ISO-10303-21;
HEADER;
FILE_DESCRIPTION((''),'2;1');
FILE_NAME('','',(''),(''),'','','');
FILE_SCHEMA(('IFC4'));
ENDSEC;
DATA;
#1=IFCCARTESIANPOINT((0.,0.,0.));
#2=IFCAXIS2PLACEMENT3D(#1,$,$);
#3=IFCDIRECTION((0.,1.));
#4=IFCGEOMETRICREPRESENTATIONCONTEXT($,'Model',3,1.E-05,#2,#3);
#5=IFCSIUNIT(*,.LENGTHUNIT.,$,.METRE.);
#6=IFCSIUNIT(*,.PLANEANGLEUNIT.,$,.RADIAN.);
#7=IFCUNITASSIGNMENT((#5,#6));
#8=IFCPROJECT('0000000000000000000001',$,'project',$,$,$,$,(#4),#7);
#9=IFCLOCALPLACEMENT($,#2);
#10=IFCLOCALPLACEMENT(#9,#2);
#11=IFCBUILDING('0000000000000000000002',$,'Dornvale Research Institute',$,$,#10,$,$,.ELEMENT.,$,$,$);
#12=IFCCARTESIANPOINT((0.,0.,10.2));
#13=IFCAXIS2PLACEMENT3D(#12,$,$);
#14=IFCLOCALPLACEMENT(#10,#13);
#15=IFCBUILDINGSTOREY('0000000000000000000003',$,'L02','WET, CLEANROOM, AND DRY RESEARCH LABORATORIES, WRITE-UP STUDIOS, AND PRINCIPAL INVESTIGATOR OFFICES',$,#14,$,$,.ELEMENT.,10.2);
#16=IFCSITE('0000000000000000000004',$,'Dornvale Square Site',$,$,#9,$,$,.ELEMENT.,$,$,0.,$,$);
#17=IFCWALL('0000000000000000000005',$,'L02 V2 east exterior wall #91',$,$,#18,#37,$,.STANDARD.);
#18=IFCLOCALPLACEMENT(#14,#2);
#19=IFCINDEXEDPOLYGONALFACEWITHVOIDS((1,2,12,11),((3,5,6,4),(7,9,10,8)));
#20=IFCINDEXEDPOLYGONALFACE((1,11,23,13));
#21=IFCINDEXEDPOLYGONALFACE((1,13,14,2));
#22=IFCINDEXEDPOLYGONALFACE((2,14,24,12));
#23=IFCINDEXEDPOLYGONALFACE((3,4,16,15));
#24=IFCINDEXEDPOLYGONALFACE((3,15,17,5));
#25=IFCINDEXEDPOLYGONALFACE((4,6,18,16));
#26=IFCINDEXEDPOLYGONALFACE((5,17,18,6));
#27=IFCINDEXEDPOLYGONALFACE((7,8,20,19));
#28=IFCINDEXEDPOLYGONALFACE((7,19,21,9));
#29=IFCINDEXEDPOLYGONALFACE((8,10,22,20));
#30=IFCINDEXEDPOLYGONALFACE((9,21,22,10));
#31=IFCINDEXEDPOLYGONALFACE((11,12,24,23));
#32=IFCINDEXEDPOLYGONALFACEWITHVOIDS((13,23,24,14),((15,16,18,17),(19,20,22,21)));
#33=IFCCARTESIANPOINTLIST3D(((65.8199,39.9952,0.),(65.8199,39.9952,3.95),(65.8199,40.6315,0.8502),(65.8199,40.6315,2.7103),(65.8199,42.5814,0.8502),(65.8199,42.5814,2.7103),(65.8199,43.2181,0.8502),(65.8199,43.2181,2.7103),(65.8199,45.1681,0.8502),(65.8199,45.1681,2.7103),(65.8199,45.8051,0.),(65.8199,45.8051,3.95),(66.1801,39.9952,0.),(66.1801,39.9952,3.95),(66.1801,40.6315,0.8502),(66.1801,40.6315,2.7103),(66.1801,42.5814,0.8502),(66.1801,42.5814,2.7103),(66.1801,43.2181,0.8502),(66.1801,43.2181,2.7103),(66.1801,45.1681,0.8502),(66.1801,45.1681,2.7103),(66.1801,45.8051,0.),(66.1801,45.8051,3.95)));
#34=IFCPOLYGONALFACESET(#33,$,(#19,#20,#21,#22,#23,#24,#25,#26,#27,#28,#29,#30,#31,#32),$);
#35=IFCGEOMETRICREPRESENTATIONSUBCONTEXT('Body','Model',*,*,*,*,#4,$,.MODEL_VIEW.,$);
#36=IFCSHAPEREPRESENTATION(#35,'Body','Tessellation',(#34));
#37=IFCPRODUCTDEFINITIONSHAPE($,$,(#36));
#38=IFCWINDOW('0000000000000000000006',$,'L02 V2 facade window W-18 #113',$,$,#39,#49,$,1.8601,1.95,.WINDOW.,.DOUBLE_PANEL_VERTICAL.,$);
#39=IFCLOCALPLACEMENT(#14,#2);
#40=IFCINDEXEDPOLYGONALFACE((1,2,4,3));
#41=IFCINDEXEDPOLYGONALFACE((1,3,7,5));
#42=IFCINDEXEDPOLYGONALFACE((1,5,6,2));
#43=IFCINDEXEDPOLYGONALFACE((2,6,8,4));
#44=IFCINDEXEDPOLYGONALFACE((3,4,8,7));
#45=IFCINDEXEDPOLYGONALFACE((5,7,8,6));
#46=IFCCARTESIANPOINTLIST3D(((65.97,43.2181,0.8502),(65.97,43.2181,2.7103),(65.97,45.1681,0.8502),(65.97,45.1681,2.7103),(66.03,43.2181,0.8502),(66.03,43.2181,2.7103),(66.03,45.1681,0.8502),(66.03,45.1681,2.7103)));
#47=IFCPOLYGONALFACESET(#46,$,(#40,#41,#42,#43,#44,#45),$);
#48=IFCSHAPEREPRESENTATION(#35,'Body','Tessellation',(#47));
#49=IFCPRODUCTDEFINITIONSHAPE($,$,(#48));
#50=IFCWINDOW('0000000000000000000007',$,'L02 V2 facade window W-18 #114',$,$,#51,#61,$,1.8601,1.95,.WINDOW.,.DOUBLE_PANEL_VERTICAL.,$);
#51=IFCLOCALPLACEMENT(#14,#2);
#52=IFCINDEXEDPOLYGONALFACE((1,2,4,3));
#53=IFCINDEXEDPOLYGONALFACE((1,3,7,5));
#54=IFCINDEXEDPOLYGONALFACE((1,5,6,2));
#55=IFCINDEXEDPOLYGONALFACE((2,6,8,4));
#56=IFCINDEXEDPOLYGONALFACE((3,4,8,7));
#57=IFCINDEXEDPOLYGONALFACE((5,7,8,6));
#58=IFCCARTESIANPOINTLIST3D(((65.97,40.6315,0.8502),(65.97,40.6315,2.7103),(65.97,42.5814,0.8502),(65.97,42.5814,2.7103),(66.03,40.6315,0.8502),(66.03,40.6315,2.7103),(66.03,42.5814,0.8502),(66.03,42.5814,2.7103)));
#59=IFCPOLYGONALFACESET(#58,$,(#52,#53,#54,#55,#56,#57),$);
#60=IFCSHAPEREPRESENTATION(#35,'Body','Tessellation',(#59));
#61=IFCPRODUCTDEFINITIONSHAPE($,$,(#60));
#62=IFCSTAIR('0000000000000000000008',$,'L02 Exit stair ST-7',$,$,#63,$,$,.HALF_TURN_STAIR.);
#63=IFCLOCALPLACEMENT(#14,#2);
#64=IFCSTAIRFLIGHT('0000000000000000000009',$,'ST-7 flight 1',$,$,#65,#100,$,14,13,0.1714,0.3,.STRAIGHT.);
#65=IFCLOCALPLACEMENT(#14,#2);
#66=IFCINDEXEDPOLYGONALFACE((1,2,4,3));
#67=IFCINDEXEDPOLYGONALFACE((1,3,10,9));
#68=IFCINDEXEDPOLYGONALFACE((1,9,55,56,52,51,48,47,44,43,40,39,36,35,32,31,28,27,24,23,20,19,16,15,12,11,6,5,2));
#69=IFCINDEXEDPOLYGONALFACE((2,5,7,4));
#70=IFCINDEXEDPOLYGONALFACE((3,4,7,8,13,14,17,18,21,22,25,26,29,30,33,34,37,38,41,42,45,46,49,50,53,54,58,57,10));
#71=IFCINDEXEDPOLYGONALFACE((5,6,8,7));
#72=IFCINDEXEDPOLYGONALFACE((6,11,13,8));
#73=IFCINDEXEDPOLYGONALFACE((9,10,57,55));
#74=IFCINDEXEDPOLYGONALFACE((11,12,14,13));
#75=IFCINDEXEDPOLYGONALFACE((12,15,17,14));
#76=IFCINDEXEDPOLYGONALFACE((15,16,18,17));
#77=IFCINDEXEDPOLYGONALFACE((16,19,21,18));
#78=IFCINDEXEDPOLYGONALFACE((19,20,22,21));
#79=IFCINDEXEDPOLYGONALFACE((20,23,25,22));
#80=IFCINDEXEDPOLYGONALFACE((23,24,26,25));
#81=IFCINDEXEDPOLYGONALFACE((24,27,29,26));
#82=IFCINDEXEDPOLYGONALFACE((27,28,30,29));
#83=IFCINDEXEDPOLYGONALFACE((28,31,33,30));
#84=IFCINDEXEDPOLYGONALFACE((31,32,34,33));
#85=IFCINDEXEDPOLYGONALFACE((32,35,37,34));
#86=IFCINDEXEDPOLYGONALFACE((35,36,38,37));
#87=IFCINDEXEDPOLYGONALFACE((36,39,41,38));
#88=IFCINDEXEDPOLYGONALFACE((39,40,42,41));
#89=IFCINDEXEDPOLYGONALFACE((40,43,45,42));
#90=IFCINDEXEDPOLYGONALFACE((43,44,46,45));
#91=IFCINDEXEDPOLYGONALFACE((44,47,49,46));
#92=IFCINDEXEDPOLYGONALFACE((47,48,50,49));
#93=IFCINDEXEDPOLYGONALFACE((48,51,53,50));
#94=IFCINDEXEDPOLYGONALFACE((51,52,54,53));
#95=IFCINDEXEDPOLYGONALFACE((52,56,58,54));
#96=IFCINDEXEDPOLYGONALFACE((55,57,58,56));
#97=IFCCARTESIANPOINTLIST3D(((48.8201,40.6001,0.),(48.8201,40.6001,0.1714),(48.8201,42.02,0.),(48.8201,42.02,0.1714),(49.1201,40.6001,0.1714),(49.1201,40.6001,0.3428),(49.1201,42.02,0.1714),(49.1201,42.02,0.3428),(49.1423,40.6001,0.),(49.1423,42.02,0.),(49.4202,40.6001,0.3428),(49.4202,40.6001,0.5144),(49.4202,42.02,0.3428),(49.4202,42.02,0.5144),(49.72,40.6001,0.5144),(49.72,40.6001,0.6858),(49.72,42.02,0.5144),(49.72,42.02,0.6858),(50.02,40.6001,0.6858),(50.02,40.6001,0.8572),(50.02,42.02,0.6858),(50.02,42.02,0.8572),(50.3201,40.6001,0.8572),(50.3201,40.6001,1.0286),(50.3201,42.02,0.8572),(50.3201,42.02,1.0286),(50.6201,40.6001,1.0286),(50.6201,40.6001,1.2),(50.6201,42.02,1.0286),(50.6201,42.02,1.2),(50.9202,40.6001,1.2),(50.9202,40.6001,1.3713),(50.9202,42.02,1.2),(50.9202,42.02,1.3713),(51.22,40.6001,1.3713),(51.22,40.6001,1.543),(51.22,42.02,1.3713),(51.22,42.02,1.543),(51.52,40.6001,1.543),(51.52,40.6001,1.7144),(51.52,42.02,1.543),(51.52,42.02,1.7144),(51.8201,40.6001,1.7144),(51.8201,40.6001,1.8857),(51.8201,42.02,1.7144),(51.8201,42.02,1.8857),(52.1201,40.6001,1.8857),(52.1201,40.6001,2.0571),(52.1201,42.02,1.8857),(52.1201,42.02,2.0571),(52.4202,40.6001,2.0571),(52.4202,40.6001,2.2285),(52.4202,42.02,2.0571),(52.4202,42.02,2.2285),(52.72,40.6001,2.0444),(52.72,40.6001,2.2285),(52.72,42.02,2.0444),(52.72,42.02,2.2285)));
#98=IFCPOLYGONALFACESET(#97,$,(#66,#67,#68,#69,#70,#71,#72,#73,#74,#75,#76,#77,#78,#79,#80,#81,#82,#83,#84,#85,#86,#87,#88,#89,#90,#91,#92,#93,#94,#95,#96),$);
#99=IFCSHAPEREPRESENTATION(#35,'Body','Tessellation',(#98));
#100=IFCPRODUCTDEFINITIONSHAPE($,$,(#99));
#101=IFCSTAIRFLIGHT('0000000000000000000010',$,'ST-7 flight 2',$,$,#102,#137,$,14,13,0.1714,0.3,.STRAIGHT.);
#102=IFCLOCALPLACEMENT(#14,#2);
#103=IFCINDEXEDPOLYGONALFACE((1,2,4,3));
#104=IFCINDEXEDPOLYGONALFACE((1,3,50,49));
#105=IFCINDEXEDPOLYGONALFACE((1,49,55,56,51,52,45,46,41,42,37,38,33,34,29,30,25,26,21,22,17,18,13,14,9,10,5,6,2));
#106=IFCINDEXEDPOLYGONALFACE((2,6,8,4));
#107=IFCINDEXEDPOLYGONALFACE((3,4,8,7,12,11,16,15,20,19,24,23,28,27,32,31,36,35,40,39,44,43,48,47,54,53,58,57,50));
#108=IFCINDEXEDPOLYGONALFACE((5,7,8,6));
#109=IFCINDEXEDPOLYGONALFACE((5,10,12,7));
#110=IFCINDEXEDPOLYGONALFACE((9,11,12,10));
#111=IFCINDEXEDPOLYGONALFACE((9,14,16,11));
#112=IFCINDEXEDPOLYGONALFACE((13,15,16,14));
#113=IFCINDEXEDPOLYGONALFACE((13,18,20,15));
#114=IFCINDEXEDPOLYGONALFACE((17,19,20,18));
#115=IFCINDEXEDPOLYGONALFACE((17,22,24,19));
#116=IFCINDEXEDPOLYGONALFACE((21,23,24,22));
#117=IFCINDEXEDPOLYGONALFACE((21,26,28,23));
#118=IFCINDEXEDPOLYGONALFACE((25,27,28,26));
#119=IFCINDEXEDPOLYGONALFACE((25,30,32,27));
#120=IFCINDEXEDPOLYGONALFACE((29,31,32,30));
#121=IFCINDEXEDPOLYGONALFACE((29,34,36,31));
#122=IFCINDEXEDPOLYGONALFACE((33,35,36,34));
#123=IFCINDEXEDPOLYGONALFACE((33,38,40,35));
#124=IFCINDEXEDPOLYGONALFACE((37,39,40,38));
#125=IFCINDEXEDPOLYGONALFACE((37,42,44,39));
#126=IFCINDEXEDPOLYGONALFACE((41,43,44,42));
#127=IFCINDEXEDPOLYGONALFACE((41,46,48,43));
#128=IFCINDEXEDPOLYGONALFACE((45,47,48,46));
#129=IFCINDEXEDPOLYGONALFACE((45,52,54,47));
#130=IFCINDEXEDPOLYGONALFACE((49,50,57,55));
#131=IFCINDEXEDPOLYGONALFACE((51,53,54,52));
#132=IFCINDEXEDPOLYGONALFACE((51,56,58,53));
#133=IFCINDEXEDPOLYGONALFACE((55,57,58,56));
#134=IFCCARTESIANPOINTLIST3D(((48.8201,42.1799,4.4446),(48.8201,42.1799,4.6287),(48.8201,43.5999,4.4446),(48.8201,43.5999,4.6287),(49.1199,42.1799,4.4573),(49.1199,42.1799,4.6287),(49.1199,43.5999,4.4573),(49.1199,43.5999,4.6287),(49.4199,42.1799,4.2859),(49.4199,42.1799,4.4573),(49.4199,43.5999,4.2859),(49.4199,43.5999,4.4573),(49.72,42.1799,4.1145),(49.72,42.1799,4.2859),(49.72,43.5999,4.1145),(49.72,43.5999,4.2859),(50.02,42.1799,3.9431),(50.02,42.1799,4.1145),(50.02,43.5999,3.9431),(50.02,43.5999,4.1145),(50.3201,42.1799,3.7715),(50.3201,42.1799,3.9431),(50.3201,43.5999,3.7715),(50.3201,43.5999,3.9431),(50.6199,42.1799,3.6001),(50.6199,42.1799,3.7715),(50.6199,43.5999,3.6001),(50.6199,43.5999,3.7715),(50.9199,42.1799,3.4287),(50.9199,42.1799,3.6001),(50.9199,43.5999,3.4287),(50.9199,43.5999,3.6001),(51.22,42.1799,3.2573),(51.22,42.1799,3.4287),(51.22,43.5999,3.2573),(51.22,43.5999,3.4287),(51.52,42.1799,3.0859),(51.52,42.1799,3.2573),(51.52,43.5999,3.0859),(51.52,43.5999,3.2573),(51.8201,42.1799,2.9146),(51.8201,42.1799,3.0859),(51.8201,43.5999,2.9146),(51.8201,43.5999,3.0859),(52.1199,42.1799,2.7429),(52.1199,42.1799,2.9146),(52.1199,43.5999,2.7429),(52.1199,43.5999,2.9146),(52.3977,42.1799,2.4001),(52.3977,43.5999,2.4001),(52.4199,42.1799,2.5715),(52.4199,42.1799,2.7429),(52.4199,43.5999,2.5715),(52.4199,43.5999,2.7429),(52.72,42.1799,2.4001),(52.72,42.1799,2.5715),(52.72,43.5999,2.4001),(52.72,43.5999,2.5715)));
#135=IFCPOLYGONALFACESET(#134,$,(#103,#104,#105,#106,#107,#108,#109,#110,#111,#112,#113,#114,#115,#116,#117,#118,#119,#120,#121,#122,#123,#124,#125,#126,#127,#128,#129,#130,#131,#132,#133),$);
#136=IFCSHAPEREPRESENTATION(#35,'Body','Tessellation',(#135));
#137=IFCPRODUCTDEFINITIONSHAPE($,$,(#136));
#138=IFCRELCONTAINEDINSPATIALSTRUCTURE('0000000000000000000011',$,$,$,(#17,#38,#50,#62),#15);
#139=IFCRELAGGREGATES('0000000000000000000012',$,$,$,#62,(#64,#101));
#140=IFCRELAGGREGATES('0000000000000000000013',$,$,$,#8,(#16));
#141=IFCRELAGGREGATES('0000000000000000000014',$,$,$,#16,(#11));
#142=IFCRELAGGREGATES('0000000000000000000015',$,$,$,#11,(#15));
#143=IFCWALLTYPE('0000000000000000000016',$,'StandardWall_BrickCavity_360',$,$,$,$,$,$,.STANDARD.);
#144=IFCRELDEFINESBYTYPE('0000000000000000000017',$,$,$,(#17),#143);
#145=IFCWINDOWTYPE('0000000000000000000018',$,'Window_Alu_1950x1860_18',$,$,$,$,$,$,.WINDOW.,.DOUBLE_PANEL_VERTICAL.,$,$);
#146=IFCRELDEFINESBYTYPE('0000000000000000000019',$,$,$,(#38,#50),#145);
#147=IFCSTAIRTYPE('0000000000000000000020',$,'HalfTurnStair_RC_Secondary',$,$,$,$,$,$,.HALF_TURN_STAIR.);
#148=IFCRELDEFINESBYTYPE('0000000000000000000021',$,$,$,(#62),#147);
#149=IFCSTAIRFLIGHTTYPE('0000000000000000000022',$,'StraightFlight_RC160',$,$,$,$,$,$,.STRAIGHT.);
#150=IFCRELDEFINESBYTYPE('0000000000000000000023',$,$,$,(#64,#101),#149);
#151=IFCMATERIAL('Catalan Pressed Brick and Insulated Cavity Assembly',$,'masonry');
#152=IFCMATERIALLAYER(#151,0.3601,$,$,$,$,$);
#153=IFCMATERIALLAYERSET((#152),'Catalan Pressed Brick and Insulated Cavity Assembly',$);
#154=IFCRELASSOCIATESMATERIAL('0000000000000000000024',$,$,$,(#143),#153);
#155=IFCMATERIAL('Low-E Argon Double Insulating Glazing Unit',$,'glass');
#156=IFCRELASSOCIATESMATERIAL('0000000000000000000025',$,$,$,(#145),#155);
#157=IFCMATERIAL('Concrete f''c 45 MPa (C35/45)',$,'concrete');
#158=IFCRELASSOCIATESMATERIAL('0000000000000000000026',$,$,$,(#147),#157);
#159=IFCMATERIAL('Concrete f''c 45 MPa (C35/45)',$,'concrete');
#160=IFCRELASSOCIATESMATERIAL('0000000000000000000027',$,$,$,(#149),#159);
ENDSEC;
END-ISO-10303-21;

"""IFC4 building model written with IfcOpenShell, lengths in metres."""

from ifc_helpers import new_model, si_unit, direction, frame, frame_2d, origin, place, context, subcontext, project, spatial, polyline, rectangle, outline, extrude, material, layer, layer_set, type_object, element, fill, aggregate, save


model = new_model("IFC4")

# Units and contexts
model_context = context("Model", 3, precision=1e-05, world=origin(), true_north=direction((0.0, 1.0)))
body_context = subcontext(model_context, "Body", "Model", "MODEL_VIEW")
ifc_project = project(units=[si_unit("LENGTHUNIT", "METRE"), si_unit("PLANEANGLEUNIT", "RADIAN")], contexts=[model_context])

# Site, building, storey
site_placement = place(None, origin())
site = spatial("IfcSite", under=ifc_project, at=site_placement, Name="Dornvale Square Site", CompositionType="ELEMENT", RefElevation=0.0)
building_placement = place(site_placement, origin())
building = spatial("IfcBuilding", under=site, at=building_placement, Name="Dornvale Research Institute", CompositionType="ELEMENT")
storey_placement = place(building_placement, frame((0.0, 0.0, 10.2)))
storey = spatial("IfcBuildingStorey", under=building, at=storey_placement, Name="L02", Description="WET, CLEANROOM, AND DRY RESEARCH LABORATORIES, WRITE-UP STUDIOS, AND PRINCIPAL INVESTIGATOR OFFICES", CompositionType="ELEMENT", Elevation=10.2)

# Wall, openings, windows
ifc_material_1 = material(Name="Catalan Pressed Brick and Insulated Cavity Assembly", Category="masonry")
ifc_layer_1 = layer(ifc_material_1, 0.3601)
ifc_layer_set_1 = layer_set([ifc_layer_1], Name="Catalan Pressed Brick and Insulated Cavity Assembly")
wall_type_1 = type_object("IfcWallType", Name="StandardWall_BrickCavity_360", PredefinedType="STANDARD", material=ifc_layer_set_1)
wall_1_placement = place(storey_placement, frame((66.0, 45.8049, 0.0), z_axis=(0.0, 0.0, 1.0), x_axis=(0.0, -1.0, 0.0)))
wall_1 = element("IfcWall", 1, at=wall_1_placement, inside=storey, type_object=wall_type_1, Name="L02 V2 east exterior wall #91", PredefinedType="STANDARD", context=body_context, shape_type="SweptSolid", body=[
    extrude(rectangle(XDim=5.8098, YDim=0.3601, at=frame_2d((2.9048, 0.0))), origin(), (0.0, 0.0, 1.0), 3.95),
])
opening_1_placement = place(wall_1_placement, frame((0.6367, 0.0, 0.8501)))
opening_1 = element("IfcOpeningElement", 2, at=opening_1_placement, cuts=wall_1, PredefinedType="OPENING", context=body_context, shape_type="SweptSolid", body=[
    extrude(rectangle(XDim=1.95, YDim=1.8601, at=frame_2d((0.9751, 0.9302))), frame((0.0, 0.1951, 0.0), z_axis=(0.0, -1.0, 0.0), x_axis=(1.0, 0.0, 0.0)), (0.0, 0.0, 1.0), 0.3901),
])
opening_2_placement = place(wall_1_placement, frame((3.2234, 0.0, 0.8501)))
opening_2 = element("IfcOpeningElement", 3, at=opening_2_placement, cuts=wall_1, PredefinedType="OPENING", context=body_context, shape_type="SweptSolid", body=[
    extrude(rectangle(XDim=1.95, YDim=1.8601, at=frame_2d((0.9751, 0.9302))), frame((0.0, 0.1951, 0.0), z_axis=(0.0, -1.0, 0.0), x_axis=(1.0, 0.0, 0.0)), (0.0, 0.0, 1.0), 0.3901),
])
ifc_material_2 = material(Name="Low-E Argon Double Insulating Glazing Unit", Category="glass")
window_type = type_object("IfcWindowType", Name="Window_Alu_1950x1860_18", PartitioningType="DOUBLE_PANEL_VERTICAL", PredefinedType="WINDOW", material=ifc_material_2)
window_1_placement = place(opening_1_placement, origin())
window_1 = element("IfcWindow", 4, at=window_1_placement, inside=storey, type_object=window_type, Name="L02 V2 facade window W-18 #113", OverallHeight=1.8601, OverallWidth=1.95, PartitioningType="DOUBLE_PANEL_VERTICAL", PredefinedType="WINDOW", context=body_context, shape_type="SweptSolid", body=[
    extrude(rectangle(XDim=1.95, YDim=1.8601, at=frame_2d((0.9751, 0.9302))), frame((0.0, 0.03, 0.0), z_axis=(0.0, -1.0, 0.0), x_axis=(1.0, 0.0, 0.0)), (0.0, 0.0, 1.0), 0.0601),
])
fill(opening_1, window_1)
window_2_placement = place(opening_2_placement, origin())
window_2 = element("IfcWindow", 5, at=window_2_placement, inside=storey, type_object=window_type, Name="L02 V2 facade window W-18 #114", OverallHeight=1.8601, OverallWidth=1.95, PartitioningType="DOUBLE_PANEL_VERTICAL", PredefinedType="WINDOW", context=body_context, shape_type="SweptSolid", body=[
    extrude(rectangle(XDim=1.95, YDim=1.8601, at=frame_2d((0.9751, 0.9302))), frame((0.0, 0.03, 0.0), z_axis=(0.0, -1.0, 0.0), x_axis=(1.0, 0.0, 0.0)), (0.0, 0.0, 1.0), 0.0601),
])
fill(opening_2, window_2)

# Stair, stair flights
ifc_material_3 = material(Name="Concrete f'c 45 MPa (C35/45)", Category="concrete")
stair_type = type_object("IfcStairType", Name="HalfTurnStair_RC_Secondary", PredefinedType="HALF_TURN_STAIR", material=ifc_material_3)
stair_placement = place(storey_placement, origin())
stair = element("IfcStair", 6, at=stair_placement, inside=storey, type_object=stair_type, Name="L02 Exit stair ST-7", PredefinedType="HALF_TURN_STAIR")
ifc_material_4 = material(Name="Concrete f'c 45 MPa (C35/45)", Category="concrete")
stair_flight_type = type_object("IfcStairFlightType", Name="StraightFlight_RC160", PredefinedType="STRAIGHT", material=ifc_material_4)
stair_flight_1_placement = place(storey_placement, frame((48.8201, 41.3101, 0.0), z_axis=(0.0, 0.0, 1.0), x_axis=(1.0, 0.0, 0.0)))
stair_flight_1 = element("IfcStairFlight", 7, at=stair_flight_1_placement, type_object=stair_flight_type, Name="ST-7 flight 1", NumberOfRisers=14, NumberOfTreads=13, PredefinedType="STRAIGHT", RiserHeight=0.1714, TreadLength=0.3, context=body_context, shape_type="SweptSolid", body=[
    extrude(outline(polyline([(0.0, 0.0), (0.0, 0.1714), (0.3, 0.1714), (0.3, 0.3428), (0.6001, 0.3428), (0.6001, 0.5144), (0.8999, 0.5144), (0.8999, 0.6858), (1.2, 0.6858), (1.2, 0.8572), (1.5, 0.8572), (1.5, 1.0286), (1.8, 1.0286), (1.8, 1.2), (2.1001, 1.2), (2.1001, 1.3713), (2.3999, 1.3713), (2.3999, 1.543), (2.7, 1.543), (2.7, 1.7144), (3.0, 1.7144), (3.0, 1.8857), (3.3, 1.8857), (3.3, 2.0571), (3.6001, 2.0571), (3.6001, 2.2285), (3.8999, 2.2285), (3.8999, 2.3999), (3.8999, 2.0444), (0.3223, 0.0), (0.0, 0.0)])), frame((0.0, 0.71, 0.0), z_axis=(0.0, -1.0, 0.0), x_axis=(1.0, 0.0, 0.0)), (0.0, 0.0, 1.0), 1.4199),
])
stair_flight_2_placement = place(storey_placement, frame((52.72, 42.8899, 2.4001), z_axis=(0.0, 0.0, 1.0), x_axis=(-1.0, 0.0, 0.0)))
stair_flight_2 = element("IfcStairFlight", 8, at=stair_flight_2_placement, type_object=stair_flight_type, Name="ST-7 flight 2", NumberOfRisers=14, NumberOfTreads=13, PredefinedType="STRAIGHT", RiserHeight=0.1714, TreadLength=0.3, context=body_context, shape_type="SweptSolid", body=[
    extrude(outline(polyline([(0.0, 0.0), (0.0, 0.1714), (0.3, 0.1714), (0.3, 0.3428), (0.6001, 0.3428), (0.6001, 0.5144), (0.8999, 0.5144), (0.8999, 0.6858), (1.2, 0.6858), (1.2, 0.8572), (1.5, 0.8572), (1.5, 1.0286), (1.8, 1.0286), (1.8, 1.2), (2.1001, 1.2), (2.1001, 1.3713), (2.3999, 1.3713), (2.3999, 1.543), (2.7, 1.543), (2.7, 1.7144), (3.0, 1.7144), (3.0, 1.8857), (3.3, 1.8857), (3.3, 2.0571), (3.6001, 2.0571), (3.6001, 2.2285), (3.8999, 2.2285), (3.8999, 2.3999), (3.8999, 2.0444), (0.3223, 0.0), (0.0, 0.0)])), frame((0.0, 0.71, 0.0), z_axis=(0.0, -1.0, 0.0), x_axis=(1.0, 0.0, 0.0)), (0.0, 0.0, 1.0), 1.4199),
])
aggregate(stair, [stair_flight_1, stair_flight_2])

save(model, "model.ifc")
